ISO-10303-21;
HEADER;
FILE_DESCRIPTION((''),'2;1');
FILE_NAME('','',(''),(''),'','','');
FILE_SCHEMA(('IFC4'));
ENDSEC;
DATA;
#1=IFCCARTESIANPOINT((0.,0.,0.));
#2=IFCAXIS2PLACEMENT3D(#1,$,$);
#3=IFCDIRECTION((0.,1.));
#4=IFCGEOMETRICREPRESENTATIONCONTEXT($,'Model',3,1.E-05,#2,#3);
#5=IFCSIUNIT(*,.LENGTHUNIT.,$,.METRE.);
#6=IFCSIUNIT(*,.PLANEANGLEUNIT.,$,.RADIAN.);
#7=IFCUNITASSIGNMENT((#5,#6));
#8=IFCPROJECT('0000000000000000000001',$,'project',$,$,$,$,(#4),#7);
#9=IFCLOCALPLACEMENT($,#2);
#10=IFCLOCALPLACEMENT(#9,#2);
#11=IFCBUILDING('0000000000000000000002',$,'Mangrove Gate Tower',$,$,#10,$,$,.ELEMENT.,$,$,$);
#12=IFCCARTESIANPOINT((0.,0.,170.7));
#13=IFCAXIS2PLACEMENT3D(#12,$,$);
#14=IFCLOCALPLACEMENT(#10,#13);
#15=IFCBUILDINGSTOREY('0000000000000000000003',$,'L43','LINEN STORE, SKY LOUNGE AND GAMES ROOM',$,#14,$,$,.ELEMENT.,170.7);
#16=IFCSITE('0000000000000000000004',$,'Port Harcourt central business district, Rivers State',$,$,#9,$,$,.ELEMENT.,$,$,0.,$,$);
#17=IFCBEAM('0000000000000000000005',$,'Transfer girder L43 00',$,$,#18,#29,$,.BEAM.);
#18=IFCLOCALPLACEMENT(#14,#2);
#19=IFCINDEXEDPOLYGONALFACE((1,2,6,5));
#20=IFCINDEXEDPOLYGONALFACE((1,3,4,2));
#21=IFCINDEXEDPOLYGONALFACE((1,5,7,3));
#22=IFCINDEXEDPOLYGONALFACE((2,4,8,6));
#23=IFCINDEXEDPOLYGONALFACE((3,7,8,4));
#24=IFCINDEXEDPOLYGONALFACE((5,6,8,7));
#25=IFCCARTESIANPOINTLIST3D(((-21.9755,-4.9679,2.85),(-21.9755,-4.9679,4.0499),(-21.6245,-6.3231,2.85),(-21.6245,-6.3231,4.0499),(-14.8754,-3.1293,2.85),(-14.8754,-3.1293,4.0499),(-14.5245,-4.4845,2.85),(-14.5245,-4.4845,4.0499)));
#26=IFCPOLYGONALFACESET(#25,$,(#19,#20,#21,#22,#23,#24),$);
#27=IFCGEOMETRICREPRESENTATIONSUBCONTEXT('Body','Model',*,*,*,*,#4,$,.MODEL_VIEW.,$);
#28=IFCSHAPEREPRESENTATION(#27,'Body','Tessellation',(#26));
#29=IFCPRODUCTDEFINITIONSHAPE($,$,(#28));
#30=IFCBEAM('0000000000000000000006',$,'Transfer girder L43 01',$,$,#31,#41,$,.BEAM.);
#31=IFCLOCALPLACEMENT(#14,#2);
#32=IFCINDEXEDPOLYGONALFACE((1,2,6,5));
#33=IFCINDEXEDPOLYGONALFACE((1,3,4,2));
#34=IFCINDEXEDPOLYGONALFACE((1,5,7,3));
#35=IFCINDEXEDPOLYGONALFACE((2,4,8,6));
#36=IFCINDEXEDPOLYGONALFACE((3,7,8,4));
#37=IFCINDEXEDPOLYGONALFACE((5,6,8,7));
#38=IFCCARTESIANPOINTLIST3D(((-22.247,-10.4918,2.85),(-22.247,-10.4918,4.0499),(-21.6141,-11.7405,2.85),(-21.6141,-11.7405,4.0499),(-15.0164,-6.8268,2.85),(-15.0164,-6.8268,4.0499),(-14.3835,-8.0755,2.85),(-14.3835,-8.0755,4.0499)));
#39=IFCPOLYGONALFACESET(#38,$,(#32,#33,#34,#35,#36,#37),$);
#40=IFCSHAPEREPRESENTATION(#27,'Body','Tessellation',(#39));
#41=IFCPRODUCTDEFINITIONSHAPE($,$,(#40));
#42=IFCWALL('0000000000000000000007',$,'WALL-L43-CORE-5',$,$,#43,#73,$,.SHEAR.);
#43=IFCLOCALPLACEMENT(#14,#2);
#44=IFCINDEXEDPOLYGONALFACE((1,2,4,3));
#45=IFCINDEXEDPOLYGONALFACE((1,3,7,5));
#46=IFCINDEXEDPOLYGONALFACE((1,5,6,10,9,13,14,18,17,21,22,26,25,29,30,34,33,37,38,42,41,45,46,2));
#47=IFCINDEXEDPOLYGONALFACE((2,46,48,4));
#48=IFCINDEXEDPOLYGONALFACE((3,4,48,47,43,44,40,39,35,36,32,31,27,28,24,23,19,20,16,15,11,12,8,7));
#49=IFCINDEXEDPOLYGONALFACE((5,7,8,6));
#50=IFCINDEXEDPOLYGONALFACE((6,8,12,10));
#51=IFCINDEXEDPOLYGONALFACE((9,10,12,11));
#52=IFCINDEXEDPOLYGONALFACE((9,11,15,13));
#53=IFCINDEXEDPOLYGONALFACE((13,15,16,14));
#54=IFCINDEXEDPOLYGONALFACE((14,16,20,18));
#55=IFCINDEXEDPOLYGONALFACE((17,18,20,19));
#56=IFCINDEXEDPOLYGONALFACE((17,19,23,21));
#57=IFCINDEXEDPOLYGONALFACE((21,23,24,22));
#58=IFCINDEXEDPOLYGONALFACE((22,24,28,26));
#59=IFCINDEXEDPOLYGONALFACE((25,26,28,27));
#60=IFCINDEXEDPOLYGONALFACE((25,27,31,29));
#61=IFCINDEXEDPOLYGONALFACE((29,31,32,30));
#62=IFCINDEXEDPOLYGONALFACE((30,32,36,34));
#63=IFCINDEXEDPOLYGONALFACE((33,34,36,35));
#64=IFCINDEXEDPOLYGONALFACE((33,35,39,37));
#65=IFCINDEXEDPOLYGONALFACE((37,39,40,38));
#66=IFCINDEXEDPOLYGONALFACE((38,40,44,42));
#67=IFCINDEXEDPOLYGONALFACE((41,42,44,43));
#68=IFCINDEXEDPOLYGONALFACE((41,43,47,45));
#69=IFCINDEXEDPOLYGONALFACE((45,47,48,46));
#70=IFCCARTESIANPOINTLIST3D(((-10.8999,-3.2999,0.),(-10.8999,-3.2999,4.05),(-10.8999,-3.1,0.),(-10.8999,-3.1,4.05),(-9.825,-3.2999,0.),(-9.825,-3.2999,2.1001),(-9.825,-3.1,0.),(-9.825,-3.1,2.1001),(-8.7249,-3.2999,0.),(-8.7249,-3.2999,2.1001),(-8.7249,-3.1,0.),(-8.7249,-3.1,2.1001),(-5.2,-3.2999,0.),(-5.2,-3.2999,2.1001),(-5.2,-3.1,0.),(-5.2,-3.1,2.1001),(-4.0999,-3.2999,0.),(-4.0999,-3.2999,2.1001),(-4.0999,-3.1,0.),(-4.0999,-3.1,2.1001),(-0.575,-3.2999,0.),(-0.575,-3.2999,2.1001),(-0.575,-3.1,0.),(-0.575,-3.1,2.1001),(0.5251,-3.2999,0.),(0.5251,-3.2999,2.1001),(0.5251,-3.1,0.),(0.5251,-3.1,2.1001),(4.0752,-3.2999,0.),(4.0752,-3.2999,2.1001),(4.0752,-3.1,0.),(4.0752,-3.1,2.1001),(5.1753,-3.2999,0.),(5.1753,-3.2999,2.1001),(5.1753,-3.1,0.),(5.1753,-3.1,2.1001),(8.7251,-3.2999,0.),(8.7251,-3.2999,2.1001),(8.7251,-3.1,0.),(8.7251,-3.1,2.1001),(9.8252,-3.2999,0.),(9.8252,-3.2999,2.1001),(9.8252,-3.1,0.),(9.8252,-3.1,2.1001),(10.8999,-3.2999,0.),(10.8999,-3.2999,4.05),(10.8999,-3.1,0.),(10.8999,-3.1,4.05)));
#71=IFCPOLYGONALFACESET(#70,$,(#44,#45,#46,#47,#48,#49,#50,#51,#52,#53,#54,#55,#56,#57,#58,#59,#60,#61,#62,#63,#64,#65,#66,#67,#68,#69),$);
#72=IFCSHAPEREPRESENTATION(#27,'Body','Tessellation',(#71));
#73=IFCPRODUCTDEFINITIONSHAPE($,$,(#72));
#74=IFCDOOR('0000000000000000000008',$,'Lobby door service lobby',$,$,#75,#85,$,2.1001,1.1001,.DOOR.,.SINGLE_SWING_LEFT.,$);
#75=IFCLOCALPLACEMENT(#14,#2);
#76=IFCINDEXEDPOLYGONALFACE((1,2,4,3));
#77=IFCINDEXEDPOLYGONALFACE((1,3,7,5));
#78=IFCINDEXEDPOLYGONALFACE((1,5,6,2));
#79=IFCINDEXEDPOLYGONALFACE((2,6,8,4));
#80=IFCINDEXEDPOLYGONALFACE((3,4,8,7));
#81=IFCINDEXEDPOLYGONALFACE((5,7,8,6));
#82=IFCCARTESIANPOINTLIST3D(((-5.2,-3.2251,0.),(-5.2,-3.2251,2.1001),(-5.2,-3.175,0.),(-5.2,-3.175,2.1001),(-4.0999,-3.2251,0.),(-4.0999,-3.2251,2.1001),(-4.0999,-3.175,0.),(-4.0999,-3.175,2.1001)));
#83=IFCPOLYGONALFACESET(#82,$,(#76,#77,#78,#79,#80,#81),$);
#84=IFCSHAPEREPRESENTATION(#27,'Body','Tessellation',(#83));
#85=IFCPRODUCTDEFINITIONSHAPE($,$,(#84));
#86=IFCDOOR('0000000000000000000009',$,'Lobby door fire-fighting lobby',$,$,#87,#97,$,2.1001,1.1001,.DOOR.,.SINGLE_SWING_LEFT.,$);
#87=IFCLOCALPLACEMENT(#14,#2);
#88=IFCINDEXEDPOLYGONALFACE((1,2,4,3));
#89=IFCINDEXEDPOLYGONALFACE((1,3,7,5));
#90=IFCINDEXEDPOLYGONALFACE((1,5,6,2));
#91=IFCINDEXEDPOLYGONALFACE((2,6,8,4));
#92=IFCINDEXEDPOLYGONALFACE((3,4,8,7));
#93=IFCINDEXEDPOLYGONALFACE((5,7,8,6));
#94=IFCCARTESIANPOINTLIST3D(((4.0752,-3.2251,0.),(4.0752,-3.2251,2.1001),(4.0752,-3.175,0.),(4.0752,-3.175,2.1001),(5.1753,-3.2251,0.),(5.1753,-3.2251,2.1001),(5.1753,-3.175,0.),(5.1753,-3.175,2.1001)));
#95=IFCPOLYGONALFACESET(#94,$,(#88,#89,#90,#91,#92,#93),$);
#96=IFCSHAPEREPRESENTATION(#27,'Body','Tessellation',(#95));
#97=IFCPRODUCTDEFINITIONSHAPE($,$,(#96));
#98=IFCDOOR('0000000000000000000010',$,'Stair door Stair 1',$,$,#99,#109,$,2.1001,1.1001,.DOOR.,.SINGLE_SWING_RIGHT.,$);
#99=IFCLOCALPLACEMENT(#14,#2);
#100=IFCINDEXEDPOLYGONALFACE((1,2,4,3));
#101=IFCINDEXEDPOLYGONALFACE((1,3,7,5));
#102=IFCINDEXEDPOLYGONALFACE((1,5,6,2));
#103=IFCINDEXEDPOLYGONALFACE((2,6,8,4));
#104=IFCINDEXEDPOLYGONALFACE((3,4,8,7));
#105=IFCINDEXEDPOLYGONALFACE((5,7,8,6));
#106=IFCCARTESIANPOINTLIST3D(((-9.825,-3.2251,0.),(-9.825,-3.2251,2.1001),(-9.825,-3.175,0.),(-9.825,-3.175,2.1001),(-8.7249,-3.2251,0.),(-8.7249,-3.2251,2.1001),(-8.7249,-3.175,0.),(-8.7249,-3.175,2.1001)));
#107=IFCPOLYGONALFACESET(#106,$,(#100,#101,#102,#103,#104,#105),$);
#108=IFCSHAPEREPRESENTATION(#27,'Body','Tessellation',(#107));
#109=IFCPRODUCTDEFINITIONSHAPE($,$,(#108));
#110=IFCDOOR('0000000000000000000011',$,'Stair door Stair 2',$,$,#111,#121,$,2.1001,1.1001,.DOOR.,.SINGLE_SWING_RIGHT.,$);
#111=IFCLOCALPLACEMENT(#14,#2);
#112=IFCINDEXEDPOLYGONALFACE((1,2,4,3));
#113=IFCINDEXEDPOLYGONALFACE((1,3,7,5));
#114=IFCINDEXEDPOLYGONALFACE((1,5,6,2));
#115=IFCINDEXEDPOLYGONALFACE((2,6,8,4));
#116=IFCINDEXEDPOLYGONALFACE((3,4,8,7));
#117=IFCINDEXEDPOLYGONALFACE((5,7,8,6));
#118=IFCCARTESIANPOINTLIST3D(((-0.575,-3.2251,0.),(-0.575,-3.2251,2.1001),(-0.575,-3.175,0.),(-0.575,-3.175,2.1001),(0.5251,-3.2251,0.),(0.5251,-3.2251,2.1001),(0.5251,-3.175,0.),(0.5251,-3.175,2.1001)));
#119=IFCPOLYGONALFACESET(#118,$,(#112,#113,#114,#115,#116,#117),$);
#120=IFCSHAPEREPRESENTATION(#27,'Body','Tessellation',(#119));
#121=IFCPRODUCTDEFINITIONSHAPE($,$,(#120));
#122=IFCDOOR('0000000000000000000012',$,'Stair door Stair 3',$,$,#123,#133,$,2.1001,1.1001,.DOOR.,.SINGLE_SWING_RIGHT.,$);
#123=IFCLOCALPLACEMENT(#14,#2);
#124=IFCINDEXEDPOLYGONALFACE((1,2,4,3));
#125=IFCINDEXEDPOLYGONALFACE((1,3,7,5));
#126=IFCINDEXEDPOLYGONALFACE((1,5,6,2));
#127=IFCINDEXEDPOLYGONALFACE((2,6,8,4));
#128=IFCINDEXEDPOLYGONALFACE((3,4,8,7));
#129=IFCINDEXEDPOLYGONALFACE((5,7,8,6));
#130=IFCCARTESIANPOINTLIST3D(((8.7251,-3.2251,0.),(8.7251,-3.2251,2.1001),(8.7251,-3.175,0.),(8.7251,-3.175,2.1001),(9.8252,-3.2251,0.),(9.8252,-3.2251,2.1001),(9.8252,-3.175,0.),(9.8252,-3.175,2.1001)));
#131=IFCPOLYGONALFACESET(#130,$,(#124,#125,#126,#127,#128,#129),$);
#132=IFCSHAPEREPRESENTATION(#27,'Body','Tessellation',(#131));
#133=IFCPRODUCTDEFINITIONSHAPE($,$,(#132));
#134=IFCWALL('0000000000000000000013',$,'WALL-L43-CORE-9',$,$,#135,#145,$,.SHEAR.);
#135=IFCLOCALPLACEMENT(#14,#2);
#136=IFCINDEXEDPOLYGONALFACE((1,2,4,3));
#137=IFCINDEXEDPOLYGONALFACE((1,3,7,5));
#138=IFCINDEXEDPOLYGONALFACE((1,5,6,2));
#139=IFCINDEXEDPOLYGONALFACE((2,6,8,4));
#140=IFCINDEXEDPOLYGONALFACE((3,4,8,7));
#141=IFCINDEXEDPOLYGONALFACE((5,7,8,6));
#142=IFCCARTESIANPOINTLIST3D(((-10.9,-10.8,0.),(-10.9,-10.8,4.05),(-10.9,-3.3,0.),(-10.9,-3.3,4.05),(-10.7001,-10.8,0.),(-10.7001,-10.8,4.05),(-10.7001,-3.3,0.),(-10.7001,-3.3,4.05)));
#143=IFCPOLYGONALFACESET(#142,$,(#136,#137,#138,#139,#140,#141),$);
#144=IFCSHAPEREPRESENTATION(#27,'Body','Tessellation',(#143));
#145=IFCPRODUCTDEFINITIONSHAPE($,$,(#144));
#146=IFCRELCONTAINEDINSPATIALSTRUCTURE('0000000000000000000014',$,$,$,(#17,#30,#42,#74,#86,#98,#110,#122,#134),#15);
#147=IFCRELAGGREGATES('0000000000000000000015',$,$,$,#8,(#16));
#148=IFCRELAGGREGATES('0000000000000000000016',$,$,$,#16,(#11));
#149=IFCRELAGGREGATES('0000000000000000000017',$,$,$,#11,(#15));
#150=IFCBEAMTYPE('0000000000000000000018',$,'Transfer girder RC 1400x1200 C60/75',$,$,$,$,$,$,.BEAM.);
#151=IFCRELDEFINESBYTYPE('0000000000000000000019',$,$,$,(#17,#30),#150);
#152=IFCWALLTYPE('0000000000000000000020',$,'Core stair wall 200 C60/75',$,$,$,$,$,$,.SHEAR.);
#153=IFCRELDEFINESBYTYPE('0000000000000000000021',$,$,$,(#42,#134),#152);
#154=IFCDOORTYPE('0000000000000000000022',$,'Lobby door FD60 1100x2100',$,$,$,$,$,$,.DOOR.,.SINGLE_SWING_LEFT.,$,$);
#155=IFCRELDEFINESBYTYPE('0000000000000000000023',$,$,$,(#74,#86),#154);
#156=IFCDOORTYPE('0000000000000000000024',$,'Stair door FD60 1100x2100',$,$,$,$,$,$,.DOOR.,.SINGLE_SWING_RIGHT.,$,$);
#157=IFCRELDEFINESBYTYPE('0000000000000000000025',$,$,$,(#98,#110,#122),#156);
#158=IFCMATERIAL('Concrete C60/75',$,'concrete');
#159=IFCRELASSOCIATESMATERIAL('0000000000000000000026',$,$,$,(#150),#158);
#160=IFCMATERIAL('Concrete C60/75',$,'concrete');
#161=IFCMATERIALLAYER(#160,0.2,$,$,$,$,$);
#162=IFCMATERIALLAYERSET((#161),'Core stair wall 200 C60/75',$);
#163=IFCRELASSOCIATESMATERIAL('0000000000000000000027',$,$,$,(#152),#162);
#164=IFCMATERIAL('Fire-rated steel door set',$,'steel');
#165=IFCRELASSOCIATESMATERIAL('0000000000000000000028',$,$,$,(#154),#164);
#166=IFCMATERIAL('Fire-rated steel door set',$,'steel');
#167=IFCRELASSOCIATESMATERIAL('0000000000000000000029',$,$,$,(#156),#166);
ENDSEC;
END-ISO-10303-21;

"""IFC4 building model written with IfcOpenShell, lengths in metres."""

from ifc_helpers import new_model, si_unit, direction, frame, frame_2d, origin, origin_2d, place, context, subcontext, project, spatial, rectangle, extrude, material, layer, layer_set, material_profile, profile_set, type_object, element, fill, save


model = new_model("IFC4")

# Units and contexts
model_context = context("Model", 3, precision=1e-05, world=origin(), true_north=direction((0.0, 1.0)))
body_context = subcontext(model_context, "Body", "Model", "MODEL_VIEW")
ifc_project = project(units=[si_unit("LENGTHUNIT", "METRE"), si_unit("PLANEANGLEUNIT", "RADIAN")], contexts=[model_context])

# Site, building, storey
site_placement = place(None, origin())
site = spatial("IfcSite", under=ifc_project, at=site_placement, Name="Port Harcourt central business district, Rivers State", CompositionType="ELEMENT", RefElevation=0.0)
building_placement = place(site_placement, origin())
building = spatial("IfcBuilding", under=site, at=building_placement, Name="Mangrove Gate Tower", CompositionType="ELEMENT")
storey_placement = place(building_placement, frame((0.0, 0.0, 170.7)))
storey = spatial("IfcBuildingStorey", under=building, at=storey_placement, Name="L43", Description="LINEN STORE, SKY LOUNGE AND GAMES ROOM", CompositionType="ELEMENT", Elevation=170.7)

# Beams
ifc_material_1 = material(Name="Concrete C60/75", Category="concrete")
ifc_material_profile = material_profile(ifc_material_1, rectangle(XDim=1.3999, YDim=1.2, at=origin_2d()))
ifc_profile_set = profile_set([ifc_material_profile], Name="Concrete C60/75")
beam_type = type_object("IfcBeamType", Name="Transfer girder RC 1400x1200 C60/75", PredefinedType="BEAM", material=ifc_profile_set)
beam_1_placement = place(storey_placement, frame((-14.7, -3.8069, 3.45), z_axis=(-0.968068, -0.250688, 0.0), x_axis=(0.250688, -0.968068, 0.0)))
element("IfcBeam", 1, at=beam_1_placement, inside=storey, type_object=beam_type, Name="Transfer girder L43 00", PredefinedType="BEAM", context=body_context, shape_type="SweptSolid", body=[
    extrude(rectangle(XDim=1.3999, YDim=1.2, at=origin_2d()), origin(), (0.0, 0.0, 1.0), 7.3342),
])
beam_2_placement = place(storey_placement, frame((-14.7, -7.4512, 3.45), z_axis=(-0.891962, -0.45211, 0.0), x_axis=(0.45211, -0.891962, 0.0)))
element("IfcBeam", 2, at=beam_2_placement, inside=storey, type_object=beam_type, Name="Transfer girder L43 01", PredefinedType="BEAM", context=body_context, shape_type="SweptSolid", body=[
    extrude(rectangle(XDim=1.3999, YDim=1.2, at=origin_2d()), origin(), (0.0, 0.0, 1.0), 8.1064),
])

# Wall, openings, doors
ifc_material_2 = material(Name="Concrete C60/75", Category="concrete")
ifc_layer_1 = layer(ifc_material_2, 0.2)
ifc_layer_set_1 = layer_set([ifc_layer_1], Name="Core stair wall 200 C60/75")
wall_type_1 = type_object("IfcWallType", Name="Core stair wall 200 C60/75", PredefinedType="SHEAR", material=ifc_layer_set_1)
wall_1_placement = place(storey_placement, frame((-10.8999, -3.2, 0.0), z_axis=(0.0, 0.0, 1.0), x_axis=(1.0, 0.0, 0.0)))
wall_1 = element("IfcWall", 3, at=wall_1_placement, inside=storey, type_object=wall_type_1, Name="WALL-L43-CORE-5", PredefinedType="SHEAR", context=body_context, shape_type="SweptSolid", body=[
    extrude(rectangle(XDim=21.7998, YDim=0.2, at=frame_2d((10.8999, 0.0))), origin(), (0.0, 0.0, 1.0), 4.05),
])
opening_1_placement = place(wall_1_placement, frame((1.075, 0.0, 0.0)))
opening_1 = element("IfcOpeningElement", 4, at=opening_1_placement, cuts=wall_1, PredefinedType="OPENING", context=body_context, shape_type="SweptSolid", body=[
    extrude(rectangle(XDim=1.1001, YDim=2.1001, at=frame_2d((0.55, 1.05))), frame((0.0, 0.1099, 0.0), z_axis=(0.0, -1.0, 0.0), x_axis=(1.0, 0.0, 0.0)), (0.0, 0.0, 1.0), 0.22),
])
opening_2_placement = place(wall_1_placement, frame((10.325, 0.0, 0.0)))
opening_2 = element("IfcOpeningElement", 5, at=opening_2_placement, cuts=wall_1, PredefinedType="OPENING", context=body_context, shape_type="SweptSolid", body=[
    extrude(rectangle(XDim=1.1001, YDim=2.1001, at=frame_2d((0.55, 1.05))), frame((0.0, 0.1099, 0.0), z_axis=(0.0, -1.0, 0.0), x_axis=(1.0, 0.0, 0.0)), (0.0, 0.0, 1.0), 0.22),
])
opening_3_placement = place(wall_1_placement, frame((19.625, 0.0, 0.0)))
opening_3 = element("IfcOpeningElement", 6, at=opening_3_placement, cuts=wall_1, PredefinedType="OPENING", context=body_context, shape_type="SweptSolid", body=[
    extrude(rectangle(XDim=1.1001, YDim=2.1001, at=frame_2d((0.55, 1.05))), frame((0.0, 0.1099, 0.0), z_axis=(0.0, -1.0, 0.0), x_axis=(1.0, 0.0, 0.0)), (0.0, 0.0, 1.0), 0.22),
])
opening_4_placement = place(wall_1_placement, frame((5.7, 0.0, 0.0)))
opening_4 = element("IfcOpeningElement", 7, at=opening_4_placement, cuts=wall_1, PredefinedType="OPENING", context=body_context, shape_type="SweptSolid", body=[
    extrude(rectangle(XDim=1.1001, YDim=2.1001, at=frame_2d((0.55, 1.05))), frame((0.0, 0.1099, 0.0), z_axis=(0.0, -1.0, 0.0), x_axis=(1.0, 0.0, 0.0)), (0.0, 0.0, 1.0), 0.22),
])
opening_5_placement = place(wall_1_placement, frame((14.9751, 0.0, 0.0)))
opening_5 = element("IfcOpeningElement", 8, at=opening_5_placement, cuts=wall_1, PredefinedType="OPENING", context=body_context, shape_type="SweptSolid", body=[
    extrude(rectangle(XDim=1.1001, YDim=2.1001, at=frame_2d((0.55, 1.05))), frame((0.0, 0.1099, 0.0), z_axis=(0.0, -1.0, 0.0), x_axis=(1.0, 0.0, 0.0)), (0.0, 0.0, 1.0), 0.22),
])
ifc_material_3 = material(Name="Fire-rated steel door set", Category="steel")
door_type_1 = type_object("IfcDoorType", Name="Lobby door FD60 1100x2100", OperationType="SINGLE_SWING_LEFT", PredefinedType="DOOR", material=ifc_material_3)
door_1_placement = place(opening_4_placement, origin())
door_1 = element("IfcDoor", 9, at=door_1_placement, inside=storey, type_object=door_type_1, Name="Lobby door service lobby", OperationType="SINGLE_SWING_LEFT", OverallHeight=2.1001, OverallWidth=1.1001, PredefinedType="DOOR", context=body_context, shape_type="SweptSolid", body=[
    extrude(rectangle(XDim=1.1001, YDim=2.1001, at=frame_2d((0.55, 1.05))), frame((0.0, 0.0249, 0.0), z_axis=(0.0, -1.0, 0.0), x_axis=(1.0, 0.0, 0.0)), (0.0, 0.0, 1.0), 0.05),
])
fill(opening_4, door_1)
door_2_placement = place(opening_5_placement, origin())
door_2 = element("IfcDoor", 10, at=door_2_placement, inside=storey, type_object=door_type_1, Name="Lobby door fire-fighting lobby", OperationType="SINGLE_SWING_LEFT", OverallHeight=2.1001, OverallWidth=1.1001, PredefinedType="DOOR", context=body_context, shape_type="SweptSolid", body=[
    extrude(rectangle(XDim=1.1001, YDim=2.1001, at=frame_2d((0.55, 1.05))), frame((0.0, 0.0249, 0.0), z_axis=(0.0, -1.0, 0.0), x_axis=(1.0, 0.0, 0.0)), (0.0, 0.0, 1.0), 0.05),
])
fill(opening_5, door_2)
ifc_material_4 = material(Name="Fire-rated steel door set", Category="steel")
door_type_2 = type_object("IfcDoorType", Name="Stair door FD60 1100x2100", OperationType="SINGLE_SWING_RIGHT", PredefinedType="DOOR", material=ifc_material_4)
door_3_placement = place(opening_1_placement, origin())
door_3 = element("IfcDoor", 11, at=door_3_placement, inside=storey, type_object=door_type_2, Name="Stair door Stair 1", OperationType="SINGLE_SWING_RIGHT", OverallHeight=2.1001, OverallWidth=1.1001, PredefinedType="DOOR", context=body_context, shape_type="SweptSolid", body=[
    extrude(rectangle(XDim=1.1001, YDim=2.1001, at=frame_2d((0.55, 1.05))), frame((0.0, 0.0249, 0.0), z_axis=(0.0, -1.0, 0.0), x_axis=(1.0, 0.0, 0.0)), (0.0, 0.0, 1.0), 0.05),
])
fill(opening_1, door_3)
door_4_placement = place(opening_2_placement, origin())
door_4 = element("IfcDoor", 12, at=door_4_placement, inside=storey, type_object=door_type_2, Name="Stair door Stair 2", OperationType="SINGLE_SWING_RIGHT", OverallHeight=2.1001, OverallWidth=1.1001, PredefinedType="DOOR", context=body_context, shape_type="SweptSolid", body=[
    extrude(rectangle(XDim=1.1001, YDim=2.1001, at=frame_2d((0.55, 1.05))), frame((0.0, 0.0249, 0.0), z_axis=(0.0, -1.0, 0.0), x_axis=(1.0, 0.0, 0.0)), (0.0, 0.0, 1.0), 0.05),
])
fill(opening_2, door_4)
door_5_placement = place(opening_3_placement, origin())
door_5 = element("IfcDoor", 13, at=door_5_placement, inside=storey, type_object=door_type_2, Name="Stair door Stair 3", OperationType="SINGLE_SWING_RIGHT", OverallHeight=2.1001, OverallWidth=1.1001, PredefinedType="DOOR", context=body_context, shape_type="SweptSolid", body=[
    extrude(rectangle(XDim=1.1001, YDim=2.1001, at=frame_2d((0.55, 1.05))), frame((0.0, 0.0249, 0.0), z_axis=(0.0, -1.0, 0.0), x_axis=(1.0, 0.0, 0.0)), (0.0, 0.0, 1.0), 0.05),
])
fill(opening_3, door_5)

# Wall
wall_2_placement = place(storey_placement, frame((-10.8, -10.8, 0.0), z_axis=(0.0, 0.0, 1.0), x_axis=(0.0, 1.0, 0.0)))
element("IfcWall", 14, at=wall_2_placement, inside=storey, type_object=wall_type_1, Name="WALL-L43-CORE-9", PredefinedType="SHEAR", context=body_context, shape_type="SweptSolid", body=[
    extrude(rectangle(XDim=7.5, YDim=0.2, at=frame_2d((3.75, 0.0))), origin(), (0.0, 0.0, 1.0), 4.05),
])

save(model, "model.ifc")
